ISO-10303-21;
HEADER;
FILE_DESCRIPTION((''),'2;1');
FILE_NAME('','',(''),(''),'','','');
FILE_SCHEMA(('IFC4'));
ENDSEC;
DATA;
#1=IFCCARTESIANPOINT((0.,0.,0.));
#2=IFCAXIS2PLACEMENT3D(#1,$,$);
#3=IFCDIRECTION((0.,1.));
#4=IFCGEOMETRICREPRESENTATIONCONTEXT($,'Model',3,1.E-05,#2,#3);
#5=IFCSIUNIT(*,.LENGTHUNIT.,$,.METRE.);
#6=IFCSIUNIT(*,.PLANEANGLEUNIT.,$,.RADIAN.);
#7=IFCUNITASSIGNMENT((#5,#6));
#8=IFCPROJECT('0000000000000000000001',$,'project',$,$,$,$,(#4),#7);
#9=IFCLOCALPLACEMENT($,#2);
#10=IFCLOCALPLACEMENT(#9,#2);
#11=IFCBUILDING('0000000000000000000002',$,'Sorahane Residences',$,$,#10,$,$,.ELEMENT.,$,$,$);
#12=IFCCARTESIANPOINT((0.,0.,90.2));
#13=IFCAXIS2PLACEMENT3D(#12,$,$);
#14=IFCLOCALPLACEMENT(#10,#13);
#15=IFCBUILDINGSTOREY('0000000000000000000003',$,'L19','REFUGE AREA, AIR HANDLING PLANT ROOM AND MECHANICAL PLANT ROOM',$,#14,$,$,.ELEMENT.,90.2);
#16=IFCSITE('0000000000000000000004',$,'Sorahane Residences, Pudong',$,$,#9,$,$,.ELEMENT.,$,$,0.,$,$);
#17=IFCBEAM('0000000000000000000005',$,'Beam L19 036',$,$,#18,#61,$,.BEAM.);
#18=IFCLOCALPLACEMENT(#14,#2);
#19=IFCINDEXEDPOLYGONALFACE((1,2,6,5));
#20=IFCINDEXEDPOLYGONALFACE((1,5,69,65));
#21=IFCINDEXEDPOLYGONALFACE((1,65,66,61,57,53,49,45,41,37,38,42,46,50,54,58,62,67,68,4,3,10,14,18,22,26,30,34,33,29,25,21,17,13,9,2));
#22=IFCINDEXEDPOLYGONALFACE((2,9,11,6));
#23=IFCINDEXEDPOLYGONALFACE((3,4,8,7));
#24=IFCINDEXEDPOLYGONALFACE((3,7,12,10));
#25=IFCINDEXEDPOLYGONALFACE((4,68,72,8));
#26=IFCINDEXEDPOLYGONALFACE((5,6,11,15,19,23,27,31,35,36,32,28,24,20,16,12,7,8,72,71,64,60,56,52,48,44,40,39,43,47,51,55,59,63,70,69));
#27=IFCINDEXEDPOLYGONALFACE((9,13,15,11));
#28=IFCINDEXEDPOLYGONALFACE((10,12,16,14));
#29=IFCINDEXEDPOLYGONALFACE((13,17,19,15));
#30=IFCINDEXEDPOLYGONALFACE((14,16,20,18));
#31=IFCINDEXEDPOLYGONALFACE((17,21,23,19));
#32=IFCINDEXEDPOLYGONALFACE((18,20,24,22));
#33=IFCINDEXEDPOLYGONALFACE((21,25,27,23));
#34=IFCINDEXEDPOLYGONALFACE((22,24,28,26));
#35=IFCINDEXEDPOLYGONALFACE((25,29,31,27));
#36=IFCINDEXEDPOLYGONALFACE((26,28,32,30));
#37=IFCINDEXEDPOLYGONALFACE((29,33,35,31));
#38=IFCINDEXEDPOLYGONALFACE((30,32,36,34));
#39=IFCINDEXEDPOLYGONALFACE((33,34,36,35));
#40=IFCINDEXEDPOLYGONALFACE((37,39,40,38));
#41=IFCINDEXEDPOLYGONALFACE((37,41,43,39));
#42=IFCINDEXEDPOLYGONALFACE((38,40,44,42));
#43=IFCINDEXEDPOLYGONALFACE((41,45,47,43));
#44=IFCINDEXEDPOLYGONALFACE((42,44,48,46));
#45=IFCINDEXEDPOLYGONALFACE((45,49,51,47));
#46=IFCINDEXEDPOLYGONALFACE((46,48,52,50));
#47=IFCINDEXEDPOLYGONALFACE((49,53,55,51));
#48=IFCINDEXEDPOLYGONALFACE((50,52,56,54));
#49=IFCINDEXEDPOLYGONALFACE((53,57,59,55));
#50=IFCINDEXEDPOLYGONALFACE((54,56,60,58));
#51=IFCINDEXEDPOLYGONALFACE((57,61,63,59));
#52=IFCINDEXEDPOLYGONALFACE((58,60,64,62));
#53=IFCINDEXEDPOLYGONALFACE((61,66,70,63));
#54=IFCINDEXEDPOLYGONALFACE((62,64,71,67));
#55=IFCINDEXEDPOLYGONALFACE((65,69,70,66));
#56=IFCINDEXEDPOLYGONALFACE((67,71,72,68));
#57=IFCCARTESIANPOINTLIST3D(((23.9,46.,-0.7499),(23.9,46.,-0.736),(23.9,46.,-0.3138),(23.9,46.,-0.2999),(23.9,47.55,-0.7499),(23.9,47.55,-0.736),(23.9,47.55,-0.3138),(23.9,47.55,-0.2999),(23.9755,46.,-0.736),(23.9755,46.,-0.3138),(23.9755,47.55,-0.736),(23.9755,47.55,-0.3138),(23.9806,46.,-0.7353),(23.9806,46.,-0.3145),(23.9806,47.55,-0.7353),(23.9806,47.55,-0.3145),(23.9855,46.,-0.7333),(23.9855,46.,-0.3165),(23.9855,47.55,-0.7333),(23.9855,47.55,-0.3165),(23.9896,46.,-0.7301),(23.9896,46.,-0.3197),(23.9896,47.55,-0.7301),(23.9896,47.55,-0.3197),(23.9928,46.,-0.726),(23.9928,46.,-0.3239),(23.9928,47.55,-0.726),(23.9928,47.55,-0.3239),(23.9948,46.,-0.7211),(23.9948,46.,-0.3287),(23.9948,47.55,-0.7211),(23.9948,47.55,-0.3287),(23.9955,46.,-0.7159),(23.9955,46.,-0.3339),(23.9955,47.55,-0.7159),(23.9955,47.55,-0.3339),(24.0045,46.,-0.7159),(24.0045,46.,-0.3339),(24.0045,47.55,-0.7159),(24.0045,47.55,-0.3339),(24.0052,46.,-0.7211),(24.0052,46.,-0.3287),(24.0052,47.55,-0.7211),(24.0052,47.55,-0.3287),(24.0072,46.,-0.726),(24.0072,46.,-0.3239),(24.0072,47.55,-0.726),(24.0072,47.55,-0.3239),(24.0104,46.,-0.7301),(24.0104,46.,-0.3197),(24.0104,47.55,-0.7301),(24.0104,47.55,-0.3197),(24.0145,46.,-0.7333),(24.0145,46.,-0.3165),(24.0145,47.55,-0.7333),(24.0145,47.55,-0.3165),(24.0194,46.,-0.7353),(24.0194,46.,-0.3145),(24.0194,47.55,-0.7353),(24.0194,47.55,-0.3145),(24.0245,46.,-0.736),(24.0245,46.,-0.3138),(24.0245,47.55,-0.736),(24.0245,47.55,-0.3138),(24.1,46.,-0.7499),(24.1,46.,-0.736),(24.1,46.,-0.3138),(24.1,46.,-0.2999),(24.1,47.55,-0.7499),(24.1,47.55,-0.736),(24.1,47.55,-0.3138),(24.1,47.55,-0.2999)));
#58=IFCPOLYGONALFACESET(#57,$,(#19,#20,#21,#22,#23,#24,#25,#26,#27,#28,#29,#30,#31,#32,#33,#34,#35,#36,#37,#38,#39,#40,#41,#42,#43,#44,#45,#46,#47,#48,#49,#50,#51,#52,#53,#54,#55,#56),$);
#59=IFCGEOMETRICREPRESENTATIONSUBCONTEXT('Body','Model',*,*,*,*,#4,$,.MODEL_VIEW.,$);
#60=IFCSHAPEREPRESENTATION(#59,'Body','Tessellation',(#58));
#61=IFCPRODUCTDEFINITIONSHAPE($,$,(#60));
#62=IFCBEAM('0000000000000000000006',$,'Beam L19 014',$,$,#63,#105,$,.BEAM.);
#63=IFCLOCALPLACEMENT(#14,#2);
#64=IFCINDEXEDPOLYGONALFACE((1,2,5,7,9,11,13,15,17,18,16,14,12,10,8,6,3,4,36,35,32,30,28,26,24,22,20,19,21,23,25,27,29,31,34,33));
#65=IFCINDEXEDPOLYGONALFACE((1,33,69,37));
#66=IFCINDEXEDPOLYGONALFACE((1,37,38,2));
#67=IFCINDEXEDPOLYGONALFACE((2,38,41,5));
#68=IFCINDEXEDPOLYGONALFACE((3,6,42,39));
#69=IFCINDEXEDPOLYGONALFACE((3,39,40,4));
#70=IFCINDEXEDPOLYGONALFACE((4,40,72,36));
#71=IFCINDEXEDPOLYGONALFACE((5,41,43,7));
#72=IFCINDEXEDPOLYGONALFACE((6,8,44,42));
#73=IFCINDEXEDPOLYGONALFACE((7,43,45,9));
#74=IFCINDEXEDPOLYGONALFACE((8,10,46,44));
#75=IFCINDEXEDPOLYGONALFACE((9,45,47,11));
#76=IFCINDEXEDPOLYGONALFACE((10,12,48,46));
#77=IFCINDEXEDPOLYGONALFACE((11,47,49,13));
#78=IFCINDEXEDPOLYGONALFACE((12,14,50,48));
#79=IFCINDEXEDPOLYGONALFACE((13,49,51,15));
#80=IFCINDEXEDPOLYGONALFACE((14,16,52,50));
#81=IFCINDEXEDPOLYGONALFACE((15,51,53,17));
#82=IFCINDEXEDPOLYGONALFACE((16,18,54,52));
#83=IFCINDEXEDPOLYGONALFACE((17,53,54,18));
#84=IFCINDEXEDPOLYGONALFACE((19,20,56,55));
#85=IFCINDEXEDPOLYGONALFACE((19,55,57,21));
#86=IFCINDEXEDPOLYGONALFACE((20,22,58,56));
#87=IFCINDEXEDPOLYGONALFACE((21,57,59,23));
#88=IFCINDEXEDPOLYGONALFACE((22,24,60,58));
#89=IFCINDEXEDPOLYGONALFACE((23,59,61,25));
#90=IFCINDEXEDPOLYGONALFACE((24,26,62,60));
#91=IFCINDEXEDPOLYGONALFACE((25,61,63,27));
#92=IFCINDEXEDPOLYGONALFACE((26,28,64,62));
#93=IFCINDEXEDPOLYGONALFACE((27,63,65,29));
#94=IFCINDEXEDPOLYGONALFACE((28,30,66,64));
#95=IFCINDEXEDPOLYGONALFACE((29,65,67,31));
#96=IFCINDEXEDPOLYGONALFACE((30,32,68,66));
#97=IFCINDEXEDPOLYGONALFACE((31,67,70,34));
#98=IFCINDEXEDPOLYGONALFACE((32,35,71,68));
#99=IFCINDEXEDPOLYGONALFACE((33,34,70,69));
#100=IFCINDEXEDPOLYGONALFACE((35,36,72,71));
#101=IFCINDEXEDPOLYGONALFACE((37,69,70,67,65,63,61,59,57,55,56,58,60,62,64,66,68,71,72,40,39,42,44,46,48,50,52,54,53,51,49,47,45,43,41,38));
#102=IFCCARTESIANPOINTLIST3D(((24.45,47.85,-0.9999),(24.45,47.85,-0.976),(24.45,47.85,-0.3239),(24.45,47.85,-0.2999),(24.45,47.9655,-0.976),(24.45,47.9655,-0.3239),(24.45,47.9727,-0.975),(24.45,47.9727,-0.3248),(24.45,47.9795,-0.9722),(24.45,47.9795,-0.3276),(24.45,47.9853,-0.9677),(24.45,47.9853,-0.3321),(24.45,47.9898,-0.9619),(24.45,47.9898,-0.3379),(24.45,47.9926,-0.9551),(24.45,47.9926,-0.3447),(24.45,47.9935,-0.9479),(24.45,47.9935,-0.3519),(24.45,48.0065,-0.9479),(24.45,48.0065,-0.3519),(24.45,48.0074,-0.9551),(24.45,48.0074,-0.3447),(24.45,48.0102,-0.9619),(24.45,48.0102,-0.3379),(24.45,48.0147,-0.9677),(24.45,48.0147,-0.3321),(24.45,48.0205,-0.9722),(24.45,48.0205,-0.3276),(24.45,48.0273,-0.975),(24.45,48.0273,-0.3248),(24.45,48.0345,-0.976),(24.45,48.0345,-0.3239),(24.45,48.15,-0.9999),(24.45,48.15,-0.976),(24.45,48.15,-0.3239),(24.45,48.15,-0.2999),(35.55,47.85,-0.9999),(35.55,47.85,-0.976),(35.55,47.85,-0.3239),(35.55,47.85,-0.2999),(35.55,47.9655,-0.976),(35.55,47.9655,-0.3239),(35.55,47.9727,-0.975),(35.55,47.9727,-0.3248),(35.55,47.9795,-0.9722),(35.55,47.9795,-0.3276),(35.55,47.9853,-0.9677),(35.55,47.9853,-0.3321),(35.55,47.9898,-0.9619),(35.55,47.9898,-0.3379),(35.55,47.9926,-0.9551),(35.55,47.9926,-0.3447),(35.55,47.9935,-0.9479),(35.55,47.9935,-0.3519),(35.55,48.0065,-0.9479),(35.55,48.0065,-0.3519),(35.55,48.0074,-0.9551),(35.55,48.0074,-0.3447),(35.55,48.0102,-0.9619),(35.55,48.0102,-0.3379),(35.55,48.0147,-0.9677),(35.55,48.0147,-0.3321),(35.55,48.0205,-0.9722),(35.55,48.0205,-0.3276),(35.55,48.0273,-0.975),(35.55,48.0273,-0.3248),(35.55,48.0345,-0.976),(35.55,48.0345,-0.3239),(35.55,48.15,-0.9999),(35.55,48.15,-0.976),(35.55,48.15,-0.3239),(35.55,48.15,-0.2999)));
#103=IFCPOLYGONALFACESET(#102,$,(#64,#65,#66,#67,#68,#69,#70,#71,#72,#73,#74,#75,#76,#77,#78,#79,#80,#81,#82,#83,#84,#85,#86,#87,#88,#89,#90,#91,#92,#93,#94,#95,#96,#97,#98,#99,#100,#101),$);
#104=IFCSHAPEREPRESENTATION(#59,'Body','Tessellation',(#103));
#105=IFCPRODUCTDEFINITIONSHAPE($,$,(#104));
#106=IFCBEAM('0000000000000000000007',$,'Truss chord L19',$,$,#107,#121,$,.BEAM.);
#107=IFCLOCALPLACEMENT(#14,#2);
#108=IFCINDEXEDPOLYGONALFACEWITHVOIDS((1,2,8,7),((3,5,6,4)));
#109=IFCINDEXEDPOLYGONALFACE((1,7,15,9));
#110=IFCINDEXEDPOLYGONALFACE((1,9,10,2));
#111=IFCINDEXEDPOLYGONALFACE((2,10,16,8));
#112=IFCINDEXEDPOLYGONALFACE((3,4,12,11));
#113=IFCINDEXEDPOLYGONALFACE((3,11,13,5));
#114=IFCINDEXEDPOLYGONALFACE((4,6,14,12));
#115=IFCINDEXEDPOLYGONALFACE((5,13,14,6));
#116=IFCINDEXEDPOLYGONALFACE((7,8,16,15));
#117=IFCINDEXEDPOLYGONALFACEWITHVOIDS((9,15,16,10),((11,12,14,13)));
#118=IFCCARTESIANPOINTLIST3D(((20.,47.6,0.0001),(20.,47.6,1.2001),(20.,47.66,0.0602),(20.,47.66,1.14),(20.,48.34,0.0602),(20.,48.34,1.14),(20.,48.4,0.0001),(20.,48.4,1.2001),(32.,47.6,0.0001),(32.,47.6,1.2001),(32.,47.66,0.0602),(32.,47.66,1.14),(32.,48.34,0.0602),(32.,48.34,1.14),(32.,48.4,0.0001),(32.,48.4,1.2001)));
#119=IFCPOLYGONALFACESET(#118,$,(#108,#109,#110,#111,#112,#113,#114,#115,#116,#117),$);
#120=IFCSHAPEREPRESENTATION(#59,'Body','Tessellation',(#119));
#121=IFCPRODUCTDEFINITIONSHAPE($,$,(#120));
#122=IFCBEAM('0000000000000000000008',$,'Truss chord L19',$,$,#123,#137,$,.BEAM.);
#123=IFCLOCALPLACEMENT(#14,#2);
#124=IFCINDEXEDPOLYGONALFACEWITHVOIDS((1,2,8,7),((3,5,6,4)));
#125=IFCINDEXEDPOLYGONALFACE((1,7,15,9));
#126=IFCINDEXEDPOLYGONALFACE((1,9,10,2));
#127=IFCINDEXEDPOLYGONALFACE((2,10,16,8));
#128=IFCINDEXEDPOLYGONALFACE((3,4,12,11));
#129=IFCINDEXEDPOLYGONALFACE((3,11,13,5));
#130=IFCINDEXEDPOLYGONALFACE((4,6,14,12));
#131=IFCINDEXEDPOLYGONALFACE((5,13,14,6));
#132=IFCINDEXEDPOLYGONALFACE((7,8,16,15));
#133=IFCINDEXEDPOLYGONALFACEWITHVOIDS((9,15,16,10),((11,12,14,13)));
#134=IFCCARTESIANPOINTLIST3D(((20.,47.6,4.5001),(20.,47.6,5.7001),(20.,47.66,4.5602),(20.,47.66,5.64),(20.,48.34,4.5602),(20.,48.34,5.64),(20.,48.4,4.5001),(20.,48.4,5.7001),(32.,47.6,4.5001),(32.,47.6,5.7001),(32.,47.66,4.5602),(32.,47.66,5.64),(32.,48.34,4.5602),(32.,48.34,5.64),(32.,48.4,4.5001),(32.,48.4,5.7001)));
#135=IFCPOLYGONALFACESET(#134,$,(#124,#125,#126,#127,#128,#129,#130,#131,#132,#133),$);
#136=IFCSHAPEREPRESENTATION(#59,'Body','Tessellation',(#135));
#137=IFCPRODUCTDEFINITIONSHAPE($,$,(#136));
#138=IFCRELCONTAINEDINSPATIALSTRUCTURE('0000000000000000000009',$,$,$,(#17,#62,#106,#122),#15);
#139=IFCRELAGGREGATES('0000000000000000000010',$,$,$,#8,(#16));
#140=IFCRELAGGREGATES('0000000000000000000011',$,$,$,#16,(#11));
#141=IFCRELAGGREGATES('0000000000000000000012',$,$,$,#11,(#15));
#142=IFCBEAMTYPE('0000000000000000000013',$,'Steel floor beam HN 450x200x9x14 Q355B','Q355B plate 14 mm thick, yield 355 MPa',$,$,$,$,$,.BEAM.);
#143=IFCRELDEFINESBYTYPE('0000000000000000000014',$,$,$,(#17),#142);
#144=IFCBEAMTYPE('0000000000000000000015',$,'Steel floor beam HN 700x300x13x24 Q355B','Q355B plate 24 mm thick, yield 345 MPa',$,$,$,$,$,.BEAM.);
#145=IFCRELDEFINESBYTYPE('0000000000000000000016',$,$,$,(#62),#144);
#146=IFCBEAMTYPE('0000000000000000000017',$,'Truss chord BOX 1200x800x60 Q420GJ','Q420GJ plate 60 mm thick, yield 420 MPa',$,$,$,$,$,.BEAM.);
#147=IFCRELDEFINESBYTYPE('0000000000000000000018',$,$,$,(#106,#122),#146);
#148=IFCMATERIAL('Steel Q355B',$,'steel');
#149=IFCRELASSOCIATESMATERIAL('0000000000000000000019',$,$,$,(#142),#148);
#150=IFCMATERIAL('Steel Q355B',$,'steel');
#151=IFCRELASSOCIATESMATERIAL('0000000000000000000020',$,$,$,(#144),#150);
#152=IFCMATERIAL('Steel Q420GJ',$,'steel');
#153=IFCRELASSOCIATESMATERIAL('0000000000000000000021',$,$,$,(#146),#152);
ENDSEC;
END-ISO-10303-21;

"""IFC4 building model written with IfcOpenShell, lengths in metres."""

from ifc_helpers import new_model, si_unit, direction, frame, origin, origin_2d, place, context, subcontext, project, spatial, hollow_rectangle, i_section, extrude, material, material_profile, profile_set, type_object, element, save


model = new_model("IFC4")

# Units and contexts
model_context = context("Model", 3, precision=1e-05, world=origin(), true_north=direction((0.0, 1.0)))
body_context = subcontext(model_context, "Body", "Model", "MODEL_VIEW")
ifc_project = project(units=[si_unit("LENGTHUNIT", "METRE"), si_unit("PLANEANGLEUNIT", "RADIAN")], contexts=[model_context])

# Site, building, storey
site_placement = place(None, origin())
site = spatial("IfcSite", under=ifc_project, at=site_placement, Name="Sorahane Residences, Pudong", CompositionType="ELEMENT", RefElevation=0.0)
building_placement = place(site_placement, origin())
building = spatial("IfcBuilding", under=site, at=building_placement, Name="Sorahane Residences", CompositionType="ELEMENT")
storey_placement = place(building_placement, frame((0.0, 0.0, 90.2)))
storey = spatial("IfcBuildingStorey", under=building, at=storey_placement, Name="L19", Description="REFUGE AREA, AIR HANDLING PLANT ROOM AND MECHANICAL PLANT ROOM", CompositionType="ELEMENT", Elevation=90.2)

# Beams
ifc_material_1 = material(Name="Steel Q355B", Category="steel")
ifc_material_profile_1 = material_profile(ifc_material_1, i_section(OverallWidth=0.2, OverallDepth=0.45, WebThickness=0.009, FlangeThickness=0.0139, FilletRadius=0.02, at=origin_2d()), Name="HN 450x200x9x14")
ifc_profile_set_1 = profile_set([ifc_material_profile_1], Name="Steel Q355B")
beam_type_1 = type_object("IfcBeamType", Name="Steel floor beam HN 450x200x9x14 Q355B", Description="Q355B plate 14 mm thick, yield 355 MPa", PredefinedType="BEAM", material=ifc_profile_set_1)
beam_1_placement = place(storey_placement, frame((24.0, 46.0, -0.5249), z_axis=(0.0, 1.0, 0.0), x_axis=(-1.0, 0.0, 0.0)))
element("IfcBeam", 1, at=beam_1_placement, inside=storey, type_object=beam_type_1, Name="Beam L19 036", PredefinedType="BEAM", context=body_context, shape_type="SweptSolid", body=[
    extrude(i_section(OverallWidth=0.2, OverallDepth=0.45, WebThickness=0.009, FlangeThickness=0.0139, FilletRadius=0.02, at=origin_2d()), origin(), (0.0, 0.0, 1.0), 1.55),
])
ifc_material_2 = material(Name="Steel Q355B", Category="steel")
ifc_material_profile_2 = material_profile(ifc_material_2, i_section(OverallWidth=0.3, OverallDepth=0.7, WebThickness=0.0129, FlangeThickness=0.0239, FilletRadius=0.0281, at=origin_2d()), Name="HN 700x300x13x24")
ifc_profile_set_2 = profile_set([ifc_material_profile_2], Name="Steel Q355B")
beam_type_2 = type_object("IfcBeamType", Name="Steel floor beam HN 700x300x13x24 Q355B", Description="Q355B plate 24 mm thick, yield 345 MPa", PredefinedType="BEAM", material=ifc_profile_set_2)
beam_2_placement = place(storey_placement, frame((24.45, 48.0, -0.6499), z_axis=(1.0, 0.0, 0.0), x_axis=(0.0, 1.0, 0.0)))
element("IfcBeam", 2, at=beam_2_placement, inside=storey, type_object=beam_type_2, Name="Beam L19 014", PredefinedType="BEAM", context=body_context, shape_type="SweptSolid", body=[
    extrude(i_section(OverallWidth=0.3, OverallDepth=0.7, WebThickness=0.0129, FlangeThickness=0.0239, FilletRadius=0.0281, at=origin_2d()), origin(), (0.0, 0.0, 1.0), 11.1001),
])
ifc_material_3 = material(Name="Steel Q420GJ", Category="steel")
ifc_material_profile_3 = material_profile(ifc_material_3, hollow_rectangle(XDim=0.8, YDim=1.2, WallThickness=0.0601, at=origin_2d()), Name="BOX 1200x800x60")
ifc_profile_set_3 = profile_set([ifc_material_profile_3], Name="Steel Q420GJ")
beam_type_3 = type_object("IfcBeamType", Name="Truss chord BOX 1200x800x60 Q420GJ", Description="Q420GJ plate 60 mm thick, yield 420 MPa", PredefinedType="BEAM", material=ifc_profile_set_3)
for number, where, z_axis, x_axis, name in (
    (3, (20.0, 48.0, 0.6001), (1.0, 0.0, 0.0), (0.0, 1.0, 0.0), "Truss chord L19"),
    (4, (20.0, 48.0, 5.1001), (1.0, 0.0, 0.0), (0.0, 1.0, 0.0), "Truss chord L19"),
):
    element("IfcBeam", number, at=place(storey_placement, frame(where, z_axis=z_axis, x_axis=x_axis)), inside=storey, type_object=beam_type_3, Name=name, PredefinedType="BEAM", context=body_context, shape_type="SweptSolid", body=[
        extrude(hollow_rectangle(XDim=0.8, YDim=1.2, WallThickness=0.0601, at=origin_2d()), origin(), (0.0, 0.0, 1.0), 12.0),
    ])

save(model, "model.ifc")
